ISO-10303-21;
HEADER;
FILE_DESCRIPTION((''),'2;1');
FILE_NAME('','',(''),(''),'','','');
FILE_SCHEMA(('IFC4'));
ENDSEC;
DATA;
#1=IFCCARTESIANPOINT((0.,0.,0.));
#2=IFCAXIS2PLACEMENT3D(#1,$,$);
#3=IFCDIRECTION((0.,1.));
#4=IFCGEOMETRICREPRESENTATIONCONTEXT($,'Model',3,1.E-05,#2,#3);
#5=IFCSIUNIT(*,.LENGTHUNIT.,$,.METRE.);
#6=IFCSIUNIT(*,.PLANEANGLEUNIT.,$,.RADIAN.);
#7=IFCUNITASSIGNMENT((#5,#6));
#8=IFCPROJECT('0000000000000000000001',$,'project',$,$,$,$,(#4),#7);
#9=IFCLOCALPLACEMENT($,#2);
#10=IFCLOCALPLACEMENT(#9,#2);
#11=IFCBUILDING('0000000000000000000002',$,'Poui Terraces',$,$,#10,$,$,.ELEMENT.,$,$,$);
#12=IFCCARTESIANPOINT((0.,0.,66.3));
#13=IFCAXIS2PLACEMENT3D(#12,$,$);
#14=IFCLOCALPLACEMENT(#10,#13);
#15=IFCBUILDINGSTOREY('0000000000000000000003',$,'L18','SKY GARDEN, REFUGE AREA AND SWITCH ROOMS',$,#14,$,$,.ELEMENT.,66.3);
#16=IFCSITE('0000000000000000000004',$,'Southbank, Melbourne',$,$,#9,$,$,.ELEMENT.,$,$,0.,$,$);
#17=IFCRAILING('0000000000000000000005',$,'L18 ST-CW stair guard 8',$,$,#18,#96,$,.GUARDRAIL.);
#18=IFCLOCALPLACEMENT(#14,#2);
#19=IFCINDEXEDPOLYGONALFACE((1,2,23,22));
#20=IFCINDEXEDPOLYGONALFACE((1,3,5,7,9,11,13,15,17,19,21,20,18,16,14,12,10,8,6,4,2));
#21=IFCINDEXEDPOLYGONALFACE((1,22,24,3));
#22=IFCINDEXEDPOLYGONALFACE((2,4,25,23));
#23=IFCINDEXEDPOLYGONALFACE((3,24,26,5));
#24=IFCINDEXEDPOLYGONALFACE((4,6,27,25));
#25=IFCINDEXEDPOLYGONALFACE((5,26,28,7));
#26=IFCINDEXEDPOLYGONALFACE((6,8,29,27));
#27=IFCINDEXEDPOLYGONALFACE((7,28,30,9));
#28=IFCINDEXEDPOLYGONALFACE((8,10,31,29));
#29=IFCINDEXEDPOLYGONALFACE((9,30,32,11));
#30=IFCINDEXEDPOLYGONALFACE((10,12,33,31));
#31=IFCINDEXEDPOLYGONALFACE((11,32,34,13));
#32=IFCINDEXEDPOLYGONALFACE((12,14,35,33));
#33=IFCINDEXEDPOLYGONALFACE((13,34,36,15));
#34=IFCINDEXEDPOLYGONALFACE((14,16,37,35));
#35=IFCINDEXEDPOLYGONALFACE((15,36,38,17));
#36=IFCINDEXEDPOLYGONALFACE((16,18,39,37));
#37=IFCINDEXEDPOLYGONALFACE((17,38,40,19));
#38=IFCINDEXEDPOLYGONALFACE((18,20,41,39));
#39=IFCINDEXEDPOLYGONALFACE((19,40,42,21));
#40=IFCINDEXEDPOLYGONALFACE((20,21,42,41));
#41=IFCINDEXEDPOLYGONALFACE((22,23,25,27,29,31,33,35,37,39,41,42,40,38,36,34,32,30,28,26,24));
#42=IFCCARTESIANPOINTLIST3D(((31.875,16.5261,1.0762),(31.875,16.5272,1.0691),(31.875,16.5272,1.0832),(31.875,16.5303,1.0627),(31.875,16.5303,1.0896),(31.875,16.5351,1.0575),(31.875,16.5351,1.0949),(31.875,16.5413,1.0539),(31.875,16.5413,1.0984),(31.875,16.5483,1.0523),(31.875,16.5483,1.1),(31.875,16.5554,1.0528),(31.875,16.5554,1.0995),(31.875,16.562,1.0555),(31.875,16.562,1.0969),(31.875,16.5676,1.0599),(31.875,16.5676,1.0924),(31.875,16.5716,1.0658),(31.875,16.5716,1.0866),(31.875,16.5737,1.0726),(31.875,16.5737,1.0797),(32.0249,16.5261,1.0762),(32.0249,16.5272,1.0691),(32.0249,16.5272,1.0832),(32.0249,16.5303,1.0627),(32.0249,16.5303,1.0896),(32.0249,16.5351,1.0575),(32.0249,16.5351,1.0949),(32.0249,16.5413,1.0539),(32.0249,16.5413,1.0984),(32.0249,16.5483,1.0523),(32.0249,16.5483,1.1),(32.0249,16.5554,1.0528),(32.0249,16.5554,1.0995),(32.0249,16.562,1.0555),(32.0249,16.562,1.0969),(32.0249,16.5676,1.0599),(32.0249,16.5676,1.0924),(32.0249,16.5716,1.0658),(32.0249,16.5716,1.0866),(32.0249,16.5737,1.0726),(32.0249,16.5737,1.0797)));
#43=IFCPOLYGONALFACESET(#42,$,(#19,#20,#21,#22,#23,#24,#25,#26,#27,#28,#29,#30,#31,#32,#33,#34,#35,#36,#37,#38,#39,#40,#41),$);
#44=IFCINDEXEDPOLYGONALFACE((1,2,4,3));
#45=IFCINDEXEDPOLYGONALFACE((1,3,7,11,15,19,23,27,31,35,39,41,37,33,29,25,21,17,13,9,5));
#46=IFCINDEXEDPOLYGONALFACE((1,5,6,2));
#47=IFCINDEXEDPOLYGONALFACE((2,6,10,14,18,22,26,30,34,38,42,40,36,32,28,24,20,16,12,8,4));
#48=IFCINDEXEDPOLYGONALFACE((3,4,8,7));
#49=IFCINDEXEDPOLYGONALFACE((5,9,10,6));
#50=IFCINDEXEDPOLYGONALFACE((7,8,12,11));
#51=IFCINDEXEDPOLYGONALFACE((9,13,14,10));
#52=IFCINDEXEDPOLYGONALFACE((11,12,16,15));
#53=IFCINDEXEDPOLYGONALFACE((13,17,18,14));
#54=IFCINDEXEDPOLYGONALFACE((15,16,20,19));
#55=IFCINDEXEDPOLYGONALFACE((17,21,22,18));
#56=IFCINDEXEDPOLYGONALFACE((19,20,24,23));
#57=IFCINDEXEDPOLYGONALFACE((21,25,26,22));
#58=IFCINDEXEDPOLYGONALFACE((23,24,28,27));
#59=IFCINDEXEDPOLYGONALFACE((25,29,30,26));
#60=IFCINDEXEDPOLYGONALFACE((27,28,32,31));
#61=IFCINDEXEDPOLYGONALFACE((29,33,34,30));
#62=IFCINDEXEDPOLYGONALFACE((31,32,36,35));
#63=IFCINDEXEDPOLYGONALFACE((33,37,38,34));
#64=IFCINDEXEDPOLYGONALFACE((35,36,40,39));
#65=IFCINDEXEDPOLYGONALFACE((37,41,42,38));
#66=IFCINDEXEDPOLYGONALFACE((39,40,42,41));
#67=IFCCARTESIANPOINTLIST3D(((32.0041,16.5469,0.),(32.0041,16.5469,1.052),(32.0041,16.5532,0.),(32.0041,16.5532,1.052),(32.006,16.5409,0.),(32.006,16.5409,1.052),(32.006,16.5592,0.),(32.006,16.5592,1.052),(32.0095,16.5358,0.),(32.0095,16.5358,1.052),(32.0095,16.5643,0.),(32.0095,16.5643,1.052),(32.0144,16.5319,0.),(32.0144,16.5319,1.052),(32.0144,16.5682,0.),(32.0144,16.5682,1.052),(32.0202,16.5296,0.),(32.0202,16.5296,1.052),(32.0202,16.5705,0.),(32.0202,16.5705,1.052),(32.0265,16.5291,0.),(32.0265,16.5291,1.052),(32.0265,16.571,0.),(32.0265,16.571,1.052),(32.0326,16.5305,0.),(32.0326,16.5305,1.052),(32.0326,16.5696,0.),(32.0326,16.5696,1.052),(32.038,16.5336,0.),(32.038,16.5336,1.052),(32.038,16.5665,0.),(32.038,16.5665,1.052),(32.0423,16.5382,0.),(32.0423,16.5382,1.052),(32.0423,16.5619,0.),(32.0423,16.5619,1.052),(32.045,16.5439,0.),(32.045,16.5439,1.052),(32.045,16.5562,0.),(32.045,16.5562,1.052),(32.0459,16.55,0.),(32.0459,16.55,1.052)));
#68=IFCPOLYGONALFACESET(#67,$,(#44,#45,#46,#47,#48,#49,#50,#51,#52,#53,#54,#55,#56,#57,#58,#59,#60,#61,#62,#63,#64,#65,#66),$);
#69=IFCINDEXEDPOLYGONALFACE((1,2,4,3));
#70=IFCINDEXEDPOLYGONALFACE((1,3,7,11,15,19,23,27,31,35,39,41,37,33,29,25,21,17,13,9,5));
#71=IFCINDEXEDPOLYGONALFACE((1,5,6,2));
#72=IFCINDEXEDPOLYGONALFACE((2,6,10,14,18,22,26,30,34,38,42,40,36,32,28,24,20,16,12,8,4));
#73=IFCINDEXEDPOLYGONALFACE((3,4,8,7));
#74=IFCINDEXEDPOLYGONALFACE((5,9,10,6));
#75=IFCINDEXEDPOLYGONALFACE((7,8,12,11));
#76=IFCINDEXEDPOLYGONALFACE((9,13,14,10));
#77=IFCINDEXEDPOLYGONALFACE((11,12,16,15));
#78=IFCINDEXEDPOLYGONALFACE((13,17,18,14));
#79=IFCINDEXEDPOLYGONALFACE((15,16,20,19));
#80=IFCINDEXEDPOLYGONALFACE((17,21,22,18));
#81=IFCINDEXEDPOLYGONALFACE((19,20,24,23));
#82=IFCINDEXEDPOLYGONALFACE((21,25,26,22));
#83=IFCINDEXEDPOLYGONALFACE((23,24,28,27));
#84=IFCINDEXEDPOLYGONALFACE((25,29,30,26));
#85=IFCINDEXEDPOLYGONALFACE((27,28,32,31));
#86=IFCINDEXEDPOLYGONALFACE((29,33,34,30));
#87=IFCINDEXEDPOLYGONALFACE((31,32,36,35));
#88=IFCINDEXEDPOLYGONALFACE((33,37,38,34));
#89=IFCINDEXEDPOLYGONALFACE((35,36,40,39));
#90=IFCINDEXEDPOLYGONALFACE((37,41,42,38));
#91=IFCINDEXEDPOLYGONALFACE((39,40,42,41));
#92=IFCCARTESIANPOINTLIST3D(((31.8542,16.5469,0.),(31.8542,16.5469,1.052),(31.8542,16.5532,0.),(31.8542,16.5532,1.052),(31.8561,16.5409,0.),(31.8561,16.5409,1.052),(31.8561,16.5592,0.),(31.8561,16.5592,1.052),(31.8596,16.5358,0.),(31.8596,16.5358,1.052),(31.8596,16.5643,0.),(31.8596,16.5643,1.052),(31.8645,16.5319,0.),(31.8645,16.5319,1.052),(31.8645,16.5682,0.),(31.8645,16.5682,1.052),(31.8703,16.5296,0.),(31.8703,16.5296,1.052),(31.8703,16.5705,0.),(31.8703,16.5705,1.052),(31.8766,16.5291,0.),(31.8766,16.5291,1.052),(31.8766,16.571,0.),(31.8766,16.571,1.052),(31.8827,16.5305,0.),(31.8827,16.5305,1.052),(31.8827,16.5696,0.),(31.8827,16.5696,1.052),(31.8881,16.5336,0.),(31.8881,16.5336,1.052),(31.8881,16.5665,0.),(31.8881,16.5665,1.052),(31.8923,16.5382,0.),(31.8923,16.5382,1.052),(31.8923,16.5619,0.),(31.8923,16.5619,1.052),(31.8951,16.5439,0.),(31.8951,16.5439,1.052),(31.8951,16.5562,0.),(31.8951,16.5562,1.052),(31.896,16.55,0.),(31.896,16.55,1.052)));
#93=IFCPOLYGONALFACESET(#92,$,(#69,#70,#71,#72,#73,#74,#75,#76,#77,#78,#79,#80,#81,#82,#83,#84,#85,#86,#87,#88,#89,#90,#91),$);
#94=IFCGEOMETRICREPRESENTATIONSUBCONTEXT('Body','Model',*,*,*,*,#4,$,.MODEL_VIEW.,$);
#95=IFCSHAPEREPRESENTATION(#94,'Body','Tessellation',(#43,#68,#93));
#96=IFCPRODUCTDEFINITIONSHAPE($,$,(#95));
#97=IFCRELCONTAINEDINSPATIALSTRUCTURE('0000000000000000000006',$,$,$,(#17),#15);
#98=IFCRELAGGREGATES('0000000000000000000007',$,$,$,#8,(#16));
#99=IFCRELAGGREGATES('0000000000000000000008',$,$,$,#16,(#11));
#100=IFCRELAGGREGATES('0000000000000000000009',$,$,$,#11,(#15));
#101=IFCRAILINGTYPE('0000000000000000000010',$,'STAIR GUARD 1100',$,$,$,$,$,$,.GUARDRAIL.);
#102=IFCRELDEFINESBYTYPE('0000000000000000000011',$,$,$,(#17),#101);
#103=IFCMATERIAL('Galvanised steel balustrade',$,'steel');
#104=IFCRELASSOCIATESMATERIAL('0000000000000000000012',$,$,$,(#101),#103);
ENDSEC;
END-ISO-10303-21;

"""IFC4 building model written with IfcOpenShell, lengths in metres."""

from ifc_helpers import new_model, si_unit, direction, frame, origin, origin_2d, place, context, subcontext, project, spatial, circle, extrude, material, type_object, element, save


model = new_model("IFC4")

# Units and contexts
model_context = context("Model", 3, precision=1e-05, world=origin(), true_north=direction((0.0, 1.0)))
body_context = subcontext(model_context, "Body", "Model", "MODEL_VIEW")
ifc_project = project(units=[si_unit("LENGTHUNIT", "METRE"), si_unit("PLANEANGLEUNIT", "RADIAN")], contexts=[model_context])

# Site, building, storey
site_placement = place(None, origin())
site = spatial("IfcSite", under=ifc_project, at=site_placement, Name="Southbank, Melbourne", CompositionType="ELEMENT", RefElevation=0.0)
building_placement = place(site_placement, origin())
building = spatial("IfcBuilding", under=site, at=building_placement, Name="Poui Terraces", CompositionType="ELEMENT")
storey_placement = place(building_placement, frame((0.0, 0.0, 66.3)))
storey = spatial("IfcBuildingStorey", under=building, at=storey_placement, Name="L18", Description="SKY GARDEN, REFUGE AREA AND SWITCH ROOMS", CompositionType="ELEMENT", Elevation=66.3)

# Railing
ifc_material_1 = material(Name="Galvanised steel balustrade", Category="steel")
railing_type_1 = type_object("IfcRailingType", Name="STAIR GUARD 1100", PredefinedType="GUARDRAIL", material=ifc_material_1)
railing_1_placement = place(storey_placement, frame((32.0249, 16.55, 0.0)))
element("IfcRailing", 1, at=railing_1_placement, inside=storey, type_object=railing_type_1, Name="L18 ST-CW stair guard 8", PredefinedType="GUARDRAIL", context=body_context, shape_type="SweptSolid", body=[
    extrude(circle(Radius=0.0239, at=origin_2d()), frame((0.0, 0.0, 1.0762), z_axis=(-1.0, 0.0, 0.0), x_axis=(0.0, -1.0, 0.0)), (0.0, 0.0, 1.0), 0.1499),
    extrude(circle(Radius=0.021, at=origin_2d()), origin(), (0.0, 0.0, 1.0), 1.052),
    extrude(circle(Radius=0.021, at=origin_2d()), frame((-0.1499, 0.0, 0.0)), (0.0, 0.0, 1.0), 1.052),
])

save(model, "model.ifc")
